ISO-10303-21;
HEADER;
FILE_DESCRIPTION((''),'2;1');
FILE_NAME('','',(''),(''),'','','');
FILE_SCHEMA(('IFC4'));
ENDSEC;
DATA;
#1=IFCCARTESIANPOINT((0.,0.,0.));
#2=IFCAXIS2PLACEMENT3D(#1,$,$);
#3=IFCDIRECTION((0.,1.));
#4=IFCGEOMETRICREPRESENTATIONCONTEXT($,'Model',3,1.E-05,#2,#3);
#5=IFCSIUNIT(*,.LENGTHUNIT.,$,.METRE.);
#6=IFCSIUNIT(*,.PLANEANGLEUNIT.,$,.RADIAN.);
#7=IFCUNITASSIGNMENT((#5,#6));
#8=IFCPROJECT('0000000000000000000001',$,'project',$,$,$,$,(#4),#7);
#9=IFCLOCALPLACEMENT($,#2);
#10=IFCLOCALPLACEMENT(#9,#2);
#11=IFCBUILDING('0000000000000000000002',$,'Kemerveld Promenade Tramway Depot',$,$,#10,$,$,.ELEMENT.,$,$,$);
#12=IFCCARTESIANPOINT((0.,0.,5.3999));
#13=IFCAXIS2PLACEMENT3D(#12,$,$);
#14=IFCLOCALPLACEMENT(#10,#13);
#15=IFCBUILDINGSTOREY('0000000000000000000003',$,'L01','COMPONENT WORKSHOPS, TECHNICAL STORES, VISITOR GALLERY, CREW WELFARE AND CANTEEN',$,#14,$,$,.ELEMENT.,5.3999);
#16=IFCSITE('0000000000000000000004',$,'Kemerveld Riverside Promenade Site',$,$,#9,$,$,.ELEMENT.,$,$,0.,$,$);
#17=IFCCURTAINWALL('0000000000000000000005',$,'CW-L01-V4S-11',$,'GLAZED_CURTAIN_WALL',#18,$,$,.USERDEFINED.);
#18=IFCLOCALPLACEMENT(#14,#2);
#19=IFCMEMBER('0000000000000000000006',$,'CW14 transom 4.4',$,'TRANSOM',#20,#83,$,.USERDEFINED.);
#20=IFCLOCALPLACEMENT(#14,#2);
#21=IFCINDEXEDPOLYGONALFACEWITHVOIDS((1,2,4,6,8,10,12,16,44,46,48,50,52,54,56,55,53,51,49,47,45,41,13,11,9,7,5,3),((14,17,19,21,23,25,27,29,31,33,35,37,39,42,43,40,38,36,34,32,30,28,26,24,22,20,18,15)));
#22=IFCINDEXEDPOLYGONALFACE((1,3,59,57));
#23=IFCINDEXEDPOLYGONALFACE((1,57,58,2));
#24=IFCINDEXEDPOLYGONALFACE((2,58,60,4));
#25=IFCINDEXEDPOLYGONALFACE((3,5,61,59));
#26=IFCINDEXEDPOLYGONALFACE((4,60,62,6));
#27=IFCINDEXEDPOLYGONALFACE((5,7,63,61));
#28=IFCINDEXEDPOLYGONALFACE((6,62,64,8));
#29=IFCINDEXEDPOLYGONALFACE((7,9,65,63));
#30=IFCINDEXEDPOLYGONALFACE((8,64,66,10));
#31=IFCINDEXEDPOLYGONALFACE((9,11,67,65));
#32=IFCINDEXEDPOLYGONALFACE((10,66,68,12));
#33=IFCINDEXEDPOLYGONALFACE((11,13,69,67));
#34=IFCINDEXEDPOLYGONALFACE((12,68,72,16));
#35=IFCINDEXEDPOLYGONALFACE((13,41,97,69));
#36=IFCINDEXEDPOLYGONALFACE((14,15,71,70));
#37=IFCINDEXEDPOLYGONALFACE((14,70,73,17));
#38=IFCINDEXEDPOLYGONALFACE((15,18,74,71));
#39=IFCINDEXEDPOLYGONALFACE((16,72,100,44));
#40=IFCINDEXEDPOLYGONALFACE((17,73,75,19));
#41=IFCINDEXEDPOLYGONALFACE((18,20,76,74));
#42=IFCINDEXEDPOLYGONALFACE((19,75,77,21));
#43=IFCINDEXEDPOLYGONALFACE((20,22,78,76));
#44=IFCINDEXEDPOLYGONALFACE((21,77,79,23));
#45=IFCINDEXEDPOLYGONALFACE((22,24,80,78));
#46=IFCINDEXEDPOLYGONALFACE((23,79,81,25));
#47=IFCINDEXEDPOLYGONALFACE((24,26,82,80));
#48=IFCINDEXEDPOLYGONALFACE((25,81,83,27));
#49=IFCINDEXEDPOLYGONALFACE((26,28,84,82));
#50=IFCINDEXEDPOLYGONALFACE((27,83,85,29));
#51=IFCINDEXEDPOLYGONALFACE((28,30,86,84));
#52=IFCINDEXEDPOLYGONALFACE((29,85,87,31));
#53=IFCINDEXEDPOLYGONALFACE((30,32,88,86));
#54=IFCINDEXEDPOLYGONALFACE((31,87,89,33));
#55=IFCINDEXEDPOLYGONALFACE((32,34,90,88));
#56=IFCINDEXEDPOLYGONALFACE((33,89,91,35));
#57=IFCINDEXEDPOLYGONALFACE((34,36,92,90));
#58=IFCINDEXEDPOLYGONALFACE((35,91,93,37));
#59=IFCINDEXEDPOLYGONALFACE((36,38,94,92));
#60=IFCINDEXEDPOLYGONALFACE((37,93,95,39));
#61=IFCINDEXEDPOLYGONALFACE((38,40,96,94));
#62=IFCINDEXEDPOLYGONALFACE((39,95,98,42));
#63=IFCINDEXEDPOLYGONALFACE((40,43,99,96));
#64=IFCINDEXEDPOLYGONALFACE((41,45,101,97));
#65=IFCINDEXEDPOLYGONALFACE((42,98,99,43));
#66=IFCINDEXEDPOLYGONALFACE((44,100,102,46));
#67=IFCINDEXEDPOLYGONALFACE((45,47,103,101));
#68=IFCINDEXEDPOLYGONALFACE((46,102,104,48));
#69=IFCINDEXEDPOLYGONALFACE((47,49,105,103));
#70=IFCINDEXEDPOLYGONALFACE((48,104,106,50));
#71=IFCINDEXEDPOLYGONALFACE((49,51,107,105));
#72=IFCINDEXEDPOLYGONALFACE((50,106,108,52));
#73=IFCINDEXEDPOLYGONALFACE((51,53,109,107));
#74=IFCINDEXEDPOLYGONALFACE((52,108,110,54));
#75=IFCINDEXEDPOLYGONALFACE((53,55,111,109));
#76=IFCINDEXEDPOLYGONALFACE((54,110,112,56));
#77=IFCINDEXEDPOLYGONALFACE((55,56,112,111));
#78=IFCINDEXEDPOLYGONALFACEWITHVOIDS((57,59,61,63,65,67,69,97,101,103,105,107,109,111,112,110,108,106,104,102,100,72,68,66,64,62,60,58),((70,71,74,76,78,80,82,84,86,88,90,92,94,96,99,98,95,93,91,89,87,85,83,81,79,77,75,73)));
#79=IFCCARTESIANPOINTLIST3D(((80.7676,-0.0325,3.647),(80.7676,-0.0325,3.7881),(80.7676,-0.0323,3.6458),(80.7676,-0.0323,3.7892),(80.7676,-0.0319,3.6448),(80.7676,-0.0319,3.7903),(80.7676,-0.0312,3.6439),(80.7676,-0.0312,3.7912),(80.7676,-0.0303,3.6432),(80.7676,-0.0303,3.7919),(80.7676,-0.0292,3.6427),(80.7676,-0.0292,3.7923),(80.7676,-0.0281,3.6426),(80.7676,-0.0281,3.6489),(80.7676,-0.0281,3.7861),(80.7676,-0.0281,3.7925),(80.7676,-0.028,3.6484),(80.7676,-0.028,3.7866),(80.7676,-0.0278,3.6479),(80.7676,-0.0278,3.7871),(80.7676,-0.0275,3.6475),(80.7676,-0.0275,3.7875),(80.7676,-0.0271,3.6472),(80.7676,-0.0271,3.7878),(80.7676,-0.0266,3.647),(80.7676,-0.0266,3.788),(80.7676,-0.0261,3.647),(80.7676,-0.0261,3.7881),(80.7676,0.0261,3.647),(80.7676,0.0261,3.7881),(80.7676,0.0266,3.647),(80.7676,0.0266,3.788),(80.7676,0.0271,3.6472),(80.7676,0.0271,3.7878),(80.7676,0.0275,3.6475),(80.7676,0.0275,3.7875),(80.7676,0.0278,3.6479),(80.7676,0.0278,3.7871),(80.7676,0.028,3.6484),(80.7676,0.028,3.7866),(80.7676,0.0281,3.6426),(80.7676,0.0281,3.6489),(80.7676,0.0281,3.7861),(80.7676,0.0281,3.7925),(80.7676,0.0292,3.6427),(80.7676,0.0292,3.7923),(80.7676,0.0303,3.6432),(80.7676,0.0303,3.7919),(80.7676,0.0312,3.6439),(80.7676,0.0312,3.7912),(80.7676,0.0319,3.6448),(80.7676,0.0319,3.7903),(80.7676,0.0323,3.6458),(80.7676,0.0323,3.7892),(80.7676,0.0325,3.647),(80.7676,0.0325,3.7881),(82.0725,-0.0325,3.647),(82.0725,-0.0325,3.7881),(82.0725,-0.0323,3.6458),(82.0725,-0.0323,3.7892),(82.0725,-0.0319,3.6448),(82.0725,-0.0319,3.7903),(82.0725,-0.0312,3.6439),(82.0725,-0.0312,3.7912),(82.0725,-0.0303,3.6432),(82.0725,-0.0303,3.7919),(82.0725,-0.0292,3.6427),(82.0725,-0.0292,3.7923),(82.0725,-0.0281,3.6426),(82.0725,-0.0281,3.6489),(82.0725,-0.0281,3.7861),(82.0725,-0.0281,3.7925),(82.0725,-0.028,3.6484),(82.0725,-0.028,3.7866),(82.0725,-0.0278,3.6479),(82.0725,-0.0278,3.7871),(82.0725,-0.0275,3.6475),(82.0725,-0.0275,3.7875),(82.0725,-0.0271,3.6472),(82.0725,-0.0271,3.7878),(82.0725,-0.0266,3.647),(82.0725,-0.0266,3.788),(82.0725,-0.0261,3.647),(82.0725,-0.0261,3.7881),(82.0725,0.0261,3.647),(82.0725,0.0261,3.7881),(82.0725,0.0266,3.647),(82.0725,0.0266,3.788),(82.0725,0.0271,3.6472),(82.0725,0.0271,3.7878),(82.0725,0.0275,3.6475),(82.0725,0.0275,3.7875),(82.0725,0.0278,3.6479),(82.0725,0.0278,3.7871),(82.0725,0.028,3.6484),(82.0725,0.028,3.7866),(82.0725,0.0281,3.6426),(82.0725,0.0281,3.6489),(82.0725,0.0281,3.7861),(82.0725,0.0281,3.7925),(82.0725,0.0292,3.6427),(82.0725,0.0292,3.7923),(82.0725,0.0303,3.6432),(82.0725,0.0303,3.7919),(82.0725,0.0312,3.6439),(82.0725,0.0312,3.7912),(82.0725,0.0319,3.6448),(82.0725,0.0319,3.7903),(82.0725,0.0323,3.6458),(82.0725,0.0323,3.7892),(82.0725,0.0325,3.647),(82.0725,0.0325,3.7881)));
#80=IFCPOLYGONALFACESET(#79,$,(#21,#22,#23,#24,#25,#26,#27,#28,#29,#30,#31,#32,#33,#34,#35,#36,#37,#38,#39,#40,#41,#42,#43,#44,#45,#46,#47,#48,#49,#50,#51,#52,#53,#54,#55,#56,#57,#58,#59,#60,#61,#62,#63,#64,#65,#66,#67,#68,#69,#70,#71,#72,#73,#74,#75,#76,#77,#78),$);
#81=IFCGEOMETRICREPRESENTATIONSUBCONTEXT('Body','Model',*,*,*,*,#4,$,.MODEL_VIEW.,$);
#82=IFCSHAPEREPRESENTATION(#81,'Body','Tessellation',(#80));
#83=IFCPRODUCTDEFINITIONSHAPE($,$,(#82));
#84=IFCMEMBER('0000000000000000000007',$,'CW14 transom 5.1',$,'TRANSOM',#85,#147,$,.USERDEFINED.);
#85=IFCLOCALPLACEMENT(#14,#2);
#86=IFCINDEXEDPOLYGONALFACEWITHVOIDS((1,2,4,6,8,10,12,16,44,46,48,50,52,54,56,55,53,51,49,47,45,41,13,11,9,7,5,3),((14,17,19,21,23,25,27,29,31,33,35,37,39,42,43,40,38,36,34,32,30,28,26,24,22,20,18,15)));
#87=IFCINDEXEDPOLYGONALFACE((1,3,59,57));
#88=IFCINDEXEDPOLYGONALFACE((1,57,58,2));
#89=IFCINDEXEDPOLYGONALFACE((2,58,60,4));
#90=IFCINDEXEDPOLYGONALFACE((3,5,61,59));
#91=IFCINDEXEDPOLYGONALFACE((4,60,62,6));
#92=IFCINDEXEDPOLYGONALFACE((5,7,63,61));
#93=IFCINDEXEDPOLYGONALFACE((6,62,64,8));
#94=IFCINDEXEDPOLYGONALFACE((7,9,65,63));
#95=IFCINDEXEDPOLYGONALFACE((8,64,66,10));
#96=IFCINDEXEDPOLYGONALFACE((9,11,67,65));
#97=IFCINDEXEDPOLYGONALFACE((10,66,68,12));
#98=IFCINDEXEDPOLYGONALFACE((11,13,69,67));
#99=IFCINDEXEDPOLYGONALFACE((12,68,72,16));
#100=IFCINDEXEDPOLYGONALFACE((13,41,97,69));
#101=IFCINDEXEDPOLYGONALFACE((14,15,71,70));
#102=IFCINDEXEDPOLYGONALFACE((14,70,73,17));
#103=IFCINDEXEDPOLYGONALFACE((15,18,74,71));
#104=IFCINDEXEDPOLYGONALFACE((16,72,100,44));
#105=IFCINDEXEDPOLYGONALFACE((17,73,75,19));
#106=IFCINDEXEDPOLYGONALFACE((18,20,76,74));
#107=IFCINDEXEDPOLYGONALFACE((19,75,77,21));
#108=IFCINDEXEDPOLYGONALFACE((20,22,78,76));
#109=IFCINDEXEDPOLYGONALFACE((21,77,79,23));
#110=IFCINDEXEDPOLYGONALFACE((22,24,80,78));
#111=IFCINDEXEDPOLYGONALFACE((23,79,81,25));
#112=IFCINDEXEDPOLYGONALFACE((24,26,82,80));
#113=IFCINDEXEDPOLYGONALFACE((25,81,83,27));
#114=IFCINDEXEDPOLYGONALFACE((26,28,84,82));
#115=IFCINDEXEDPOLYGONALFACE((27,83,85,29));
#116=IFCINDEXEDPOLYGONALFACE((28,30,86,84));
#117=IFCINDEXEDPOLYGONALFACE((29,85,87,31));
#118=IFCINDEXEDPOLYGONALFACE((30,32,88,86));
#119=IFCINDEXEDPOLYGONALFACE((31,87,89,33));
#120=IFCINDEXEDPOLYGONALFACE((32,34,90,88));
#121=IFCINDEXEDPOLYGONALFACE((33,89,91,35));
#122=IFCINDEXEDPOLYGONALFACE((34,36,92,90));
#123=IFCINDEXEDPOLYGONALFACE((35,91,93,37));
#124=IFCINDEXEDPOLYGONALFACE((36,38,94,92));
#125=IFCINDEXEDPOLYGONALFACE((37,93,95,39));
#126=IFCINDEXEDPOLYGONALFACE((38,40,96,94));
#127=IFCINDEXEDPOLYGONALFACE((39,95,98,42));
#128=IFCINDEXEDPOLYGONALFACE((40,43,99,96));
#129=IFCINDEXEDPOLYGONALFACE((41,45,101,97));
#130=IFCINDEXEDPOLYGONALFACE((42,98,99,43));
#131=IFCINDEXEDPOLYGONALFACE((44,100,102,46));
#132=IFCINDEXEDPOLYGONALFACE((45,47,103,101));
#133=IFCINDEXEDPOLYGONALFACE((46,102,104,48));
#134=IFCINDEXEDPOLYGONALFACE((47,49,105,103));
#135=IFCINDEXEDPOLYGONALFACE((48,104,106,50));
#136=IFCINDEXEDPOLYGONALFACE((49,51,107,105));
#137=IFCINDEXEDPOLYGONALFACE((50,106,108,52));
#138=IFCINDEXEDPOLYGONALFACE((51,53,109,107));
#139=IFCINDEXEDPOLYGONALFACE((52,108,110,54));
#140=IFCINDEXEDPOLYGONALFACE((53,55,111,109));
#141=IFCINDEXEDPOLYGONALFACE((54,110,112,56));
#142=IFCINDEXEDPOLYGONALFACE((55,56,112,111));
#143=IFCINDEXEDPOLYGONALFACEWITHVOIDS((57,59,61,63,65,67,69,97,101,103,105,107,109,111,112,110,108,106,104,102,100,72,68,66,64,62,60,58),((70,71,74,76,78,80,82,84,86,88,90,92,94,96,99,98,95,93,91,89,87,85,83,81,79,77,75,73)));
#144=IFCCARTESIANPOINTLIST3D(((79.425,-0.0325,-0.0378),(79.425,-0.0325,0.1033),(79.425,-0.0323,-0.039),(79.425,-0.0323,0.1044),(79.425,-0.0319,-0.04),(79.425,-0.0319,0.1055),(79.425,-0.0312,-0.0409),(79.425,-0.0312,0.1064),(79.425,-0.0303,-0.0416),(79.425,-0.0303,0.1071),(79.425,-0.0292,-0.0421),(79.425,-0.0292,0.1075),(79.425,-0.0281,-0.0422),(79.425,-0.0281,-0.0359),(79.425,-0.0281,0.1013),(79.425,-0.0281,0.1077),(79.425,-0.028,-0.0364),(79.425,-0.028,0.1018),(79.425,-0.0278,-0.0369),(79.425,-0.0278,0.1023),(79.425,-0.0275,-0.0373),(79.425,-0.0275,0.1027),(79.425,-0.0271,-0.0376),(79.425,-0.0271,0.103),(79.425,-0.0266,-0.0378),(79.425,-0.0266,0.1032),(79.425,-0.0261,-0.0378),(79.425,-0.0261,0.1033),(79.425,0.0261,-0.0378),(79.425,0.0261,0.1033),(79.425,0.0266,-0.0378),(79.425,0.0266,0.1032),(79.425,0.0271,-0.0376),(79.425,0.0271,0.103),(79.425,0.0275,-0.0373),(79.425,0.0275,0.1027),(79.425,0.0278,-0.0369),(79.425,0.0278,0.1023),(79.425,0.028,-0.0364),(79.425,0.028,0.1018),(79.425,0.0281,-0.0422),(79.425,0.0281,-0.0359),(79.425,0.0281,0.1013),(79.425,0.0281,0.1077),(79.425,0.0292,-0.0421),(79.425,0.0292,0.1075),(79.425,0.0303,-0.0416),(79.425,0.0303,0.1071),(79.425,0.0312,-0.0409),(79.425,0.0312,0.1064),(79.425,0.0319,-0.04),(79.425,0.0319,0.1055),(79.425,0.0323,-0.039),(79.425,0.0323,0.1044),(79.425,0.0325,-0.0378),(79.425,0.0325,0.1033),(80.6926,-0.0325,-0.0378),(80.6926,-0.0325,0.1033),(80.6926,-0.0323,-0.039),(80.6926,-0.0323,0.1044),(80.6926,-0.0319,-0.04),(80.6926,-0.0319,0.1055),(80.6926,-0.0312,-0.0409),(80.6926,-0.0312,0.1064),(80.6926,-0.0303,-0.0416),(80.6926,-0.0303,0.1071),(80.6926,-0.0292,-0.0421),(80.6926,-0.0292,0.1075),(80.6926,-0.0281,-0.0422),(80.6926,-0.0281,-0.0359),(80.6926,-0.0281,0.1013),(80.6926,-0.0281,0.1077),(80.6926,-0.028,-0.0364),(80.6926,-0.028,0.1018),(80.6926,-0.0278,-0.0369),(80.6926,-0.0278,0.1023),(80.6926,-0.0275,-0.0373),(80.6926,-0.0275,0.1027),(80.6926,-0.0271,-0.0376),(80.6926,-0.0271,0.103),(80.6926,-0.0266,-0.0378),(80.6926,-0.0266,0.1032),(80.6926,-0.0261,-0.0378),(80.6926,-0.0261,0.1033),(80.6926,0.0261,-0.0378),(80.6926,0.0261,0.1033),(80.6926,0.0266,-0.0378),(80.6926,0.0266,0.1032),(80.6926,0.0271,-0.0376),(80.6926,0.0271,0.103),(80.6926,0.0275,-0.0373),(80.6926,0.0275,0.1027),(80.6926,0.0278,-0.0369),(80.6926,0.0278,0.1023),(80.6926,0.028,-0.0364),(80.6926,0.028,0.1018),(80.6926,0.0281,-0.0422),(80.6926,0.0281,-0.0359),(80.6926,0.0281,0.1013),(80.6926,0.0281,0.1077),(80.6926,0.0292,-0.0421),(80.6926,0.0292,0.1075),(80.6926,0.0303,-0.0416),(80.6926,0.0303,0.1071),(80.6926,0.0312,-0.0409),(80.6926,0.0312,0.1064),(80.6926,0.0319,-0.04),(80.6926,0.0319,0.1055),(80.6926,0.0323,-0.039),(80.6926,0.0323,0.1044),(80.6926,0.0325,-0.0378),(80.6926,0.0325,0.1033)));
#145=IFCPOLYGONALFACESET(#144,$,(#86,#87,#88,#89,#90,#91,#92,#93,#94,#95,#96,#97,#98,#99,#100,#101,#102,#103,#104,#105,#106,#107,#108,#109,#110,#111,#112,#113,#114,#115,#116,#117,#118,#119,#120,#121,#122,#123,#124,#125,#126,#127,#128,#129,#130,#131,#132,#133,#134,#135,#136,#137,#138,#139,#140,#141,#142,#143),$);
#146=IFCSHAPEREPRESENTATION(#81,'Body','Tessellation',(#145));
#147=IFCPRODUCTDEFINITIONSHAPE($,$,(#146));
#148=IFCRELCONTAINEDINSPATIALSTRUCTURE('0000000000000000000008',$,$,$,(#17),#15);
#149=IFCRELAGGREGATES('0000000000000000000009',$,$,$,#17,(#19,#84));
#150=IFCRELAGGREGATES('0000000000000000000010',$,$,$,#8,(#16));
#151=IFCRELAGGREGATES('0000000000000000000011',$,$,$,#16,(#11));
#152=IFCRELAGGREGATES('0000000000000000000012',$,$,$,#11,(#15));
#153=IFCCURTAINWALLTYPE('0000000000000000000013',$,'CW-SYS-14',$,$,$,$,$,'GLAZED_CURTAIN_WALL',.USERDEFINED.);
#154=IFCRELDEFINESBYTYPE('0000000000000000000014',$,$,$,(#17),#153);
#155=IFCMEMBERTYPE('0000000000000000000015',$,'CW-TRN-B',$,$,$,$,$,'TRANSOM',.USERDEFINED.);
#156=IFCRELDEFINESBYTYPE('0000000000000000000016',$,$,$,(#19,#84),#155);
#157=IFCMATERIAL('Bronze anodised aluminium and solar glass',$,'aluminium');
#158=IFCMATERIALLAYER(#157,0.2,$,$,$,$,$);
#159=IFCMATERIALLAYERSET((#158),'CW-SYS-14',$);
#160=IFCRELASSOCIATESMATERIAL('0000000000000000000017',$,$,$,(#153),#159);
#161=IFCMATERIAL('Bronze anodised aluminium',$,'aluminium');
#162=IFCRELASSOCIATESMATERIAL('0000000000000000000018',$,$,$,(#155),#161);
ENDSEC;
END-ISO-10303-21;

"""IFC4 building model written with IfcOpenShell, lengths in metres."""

from ifc_helpers import new_model, si_unit, direction, frame, origin, origin_2d, place, context, subcontext, project, spatial, hollow_rectangle, extrude, material, layer, layer_set, material_profile, profile_set, type_object, element, aggregate, save


model = new_model("IFC4")

# Units and contexts
model_context = context("Model", 3, precision=1e-05, world=origin(), true_north=direction((0.0, 1.0)))
body_context = subcontext(model_context, "Body", "Model", "MODEL_VIEW")
ifc_project = project(units=[si_unit("LENGTHUNIT", "METRE"), si_unit("PLANEANGLEUNIT", "RADIAN")], contexts=[model_context])

# Site, building, storey
site_placement = place(None, origin())
site = spatial("IfcSite", under=ifc_project, at=site_placement, Name="Kemerveld Riverside Promenade Site", CompositionType="ELEMENT", RefElevation=0.0)
building_placement = place(site_placement, origin())
building = spatial("IfcBuilding", under=site, at=building_placement, Name="Kemerveld Promenade Tramway Depot", CompositionType="ELEMENT")
storey_placement = place(building_placement, frame((0.0, 0.0, 5.3999)))
storey = spatial("IfcBuildingStorey", under=building, at=storey_placement, Name="L01", Description="COMPONENT WORKSHOPS, TECHNICAL STORES, VISITOR GALLERY, CREW WELFARE AND CANTEEN", CompositionType="ELEMENT", Elevation=5.3999)

# Curtain wall, members
ifc_material_1 = material(Name="Bronze anodised aluminium and solar glass", Category="aluminium")
ifc_layer_1 = layer(ifc_material_1, 0.2)
ifc_layer_set_1 = layer_set([ifc_layer_1], Name="CW-SYS-14")
curtain_wall_type = type_object("IfcCurtainWallType", Name="CW-SYS-14", ElementType="GLAZED_CURTAIN_WALL", PredefinedType="USERDEFINED", material=ifc_layer_set_1)
curtain_wall_placement = place(storey_placement, origin())
curtain_wall = element("IfcCurtainWall", 1, at=curtain_wall_placement, inside=storey, type_object=curtain_wall_type, Name="CW-L01-V4S-11", ObjectType="GLAZED_CURTAIN_WALL", PredefinedType="USERDEFINED")
ifc_material_2 = material(Name="Bronze anodised aluminium", Category="aluminium")
ifc_material_profile_1 = material_profile(ifc_material_2, hollow_rectangle(XDim=0.0649, YDim=0.1499, WallThickness=0.0044, InnerFilletRadius=0.002, OuterFilletRadius=0.0044, at=origin_2d()), Name="CW-TRN-150x65")
ifc_profile_set_1 = profile_set([ifc_material_profile_1], Name="Bronze anodised aluminium")
member_type_1 = type_object("IfcMemberType", Name="CW-TRN-B", ElementType="TRANSOM", PredefinedType="USERDEFINED", material=ifc_profile_set_1)
member_1_placement = place(storey_placement, frame((82.0725, 0.0, 3.7175), z_axis=(-1.0, 0.0, 0.0), x_axis=(0.0, -1.0, 0.0)))
member_1 = element("IfcMember", 2, at=member_1_placement, type_object=member_type_1, Name="CW14 transom 4.4", ObjectType="TRANSOM", PredefinedType="USERDEFINED", context=body_context, shape_type="SweptSolid", body=[
    extrude(hollow_rectangle(XDim=0.0649, YDim=0.1499, WallThickness=0.0044, InnerFilletRadius=0.002, OuterFilletRadius=0.0044, at=origin_2d()), origin(), (0.0, 0.0, 1.0), 1.3049),
])
member_2_placement = place(storey_placement, frame((80.6926, 0.0, 0.0327), z_axis=(-1.0, 0.0, 0.0), x_axis=(0.0, -1.0, 0.0)))
member_2 = element("IfcMember", 3, at=member_2_placement, type_object=member_type_1, Name="CW14 transom 5.1", ObjectType="TRANSOM", PredefinedType="USERDEFINED", context=body_context, shape_type="SweptSolid", body=[
    extrude(hollow_rectangle(XDim=0.0649, YDim=0.1499, WallThickness=0.0044, InnerFilletRadius=0.002, OuterFilletRadius=0.0044, at=origin_2d()), origin(), (0.0, 0.0, 1.0), 1.2676),
])
aggregate(curtain_wall, [member_1, member_2])

save(model, "model.ifc")
